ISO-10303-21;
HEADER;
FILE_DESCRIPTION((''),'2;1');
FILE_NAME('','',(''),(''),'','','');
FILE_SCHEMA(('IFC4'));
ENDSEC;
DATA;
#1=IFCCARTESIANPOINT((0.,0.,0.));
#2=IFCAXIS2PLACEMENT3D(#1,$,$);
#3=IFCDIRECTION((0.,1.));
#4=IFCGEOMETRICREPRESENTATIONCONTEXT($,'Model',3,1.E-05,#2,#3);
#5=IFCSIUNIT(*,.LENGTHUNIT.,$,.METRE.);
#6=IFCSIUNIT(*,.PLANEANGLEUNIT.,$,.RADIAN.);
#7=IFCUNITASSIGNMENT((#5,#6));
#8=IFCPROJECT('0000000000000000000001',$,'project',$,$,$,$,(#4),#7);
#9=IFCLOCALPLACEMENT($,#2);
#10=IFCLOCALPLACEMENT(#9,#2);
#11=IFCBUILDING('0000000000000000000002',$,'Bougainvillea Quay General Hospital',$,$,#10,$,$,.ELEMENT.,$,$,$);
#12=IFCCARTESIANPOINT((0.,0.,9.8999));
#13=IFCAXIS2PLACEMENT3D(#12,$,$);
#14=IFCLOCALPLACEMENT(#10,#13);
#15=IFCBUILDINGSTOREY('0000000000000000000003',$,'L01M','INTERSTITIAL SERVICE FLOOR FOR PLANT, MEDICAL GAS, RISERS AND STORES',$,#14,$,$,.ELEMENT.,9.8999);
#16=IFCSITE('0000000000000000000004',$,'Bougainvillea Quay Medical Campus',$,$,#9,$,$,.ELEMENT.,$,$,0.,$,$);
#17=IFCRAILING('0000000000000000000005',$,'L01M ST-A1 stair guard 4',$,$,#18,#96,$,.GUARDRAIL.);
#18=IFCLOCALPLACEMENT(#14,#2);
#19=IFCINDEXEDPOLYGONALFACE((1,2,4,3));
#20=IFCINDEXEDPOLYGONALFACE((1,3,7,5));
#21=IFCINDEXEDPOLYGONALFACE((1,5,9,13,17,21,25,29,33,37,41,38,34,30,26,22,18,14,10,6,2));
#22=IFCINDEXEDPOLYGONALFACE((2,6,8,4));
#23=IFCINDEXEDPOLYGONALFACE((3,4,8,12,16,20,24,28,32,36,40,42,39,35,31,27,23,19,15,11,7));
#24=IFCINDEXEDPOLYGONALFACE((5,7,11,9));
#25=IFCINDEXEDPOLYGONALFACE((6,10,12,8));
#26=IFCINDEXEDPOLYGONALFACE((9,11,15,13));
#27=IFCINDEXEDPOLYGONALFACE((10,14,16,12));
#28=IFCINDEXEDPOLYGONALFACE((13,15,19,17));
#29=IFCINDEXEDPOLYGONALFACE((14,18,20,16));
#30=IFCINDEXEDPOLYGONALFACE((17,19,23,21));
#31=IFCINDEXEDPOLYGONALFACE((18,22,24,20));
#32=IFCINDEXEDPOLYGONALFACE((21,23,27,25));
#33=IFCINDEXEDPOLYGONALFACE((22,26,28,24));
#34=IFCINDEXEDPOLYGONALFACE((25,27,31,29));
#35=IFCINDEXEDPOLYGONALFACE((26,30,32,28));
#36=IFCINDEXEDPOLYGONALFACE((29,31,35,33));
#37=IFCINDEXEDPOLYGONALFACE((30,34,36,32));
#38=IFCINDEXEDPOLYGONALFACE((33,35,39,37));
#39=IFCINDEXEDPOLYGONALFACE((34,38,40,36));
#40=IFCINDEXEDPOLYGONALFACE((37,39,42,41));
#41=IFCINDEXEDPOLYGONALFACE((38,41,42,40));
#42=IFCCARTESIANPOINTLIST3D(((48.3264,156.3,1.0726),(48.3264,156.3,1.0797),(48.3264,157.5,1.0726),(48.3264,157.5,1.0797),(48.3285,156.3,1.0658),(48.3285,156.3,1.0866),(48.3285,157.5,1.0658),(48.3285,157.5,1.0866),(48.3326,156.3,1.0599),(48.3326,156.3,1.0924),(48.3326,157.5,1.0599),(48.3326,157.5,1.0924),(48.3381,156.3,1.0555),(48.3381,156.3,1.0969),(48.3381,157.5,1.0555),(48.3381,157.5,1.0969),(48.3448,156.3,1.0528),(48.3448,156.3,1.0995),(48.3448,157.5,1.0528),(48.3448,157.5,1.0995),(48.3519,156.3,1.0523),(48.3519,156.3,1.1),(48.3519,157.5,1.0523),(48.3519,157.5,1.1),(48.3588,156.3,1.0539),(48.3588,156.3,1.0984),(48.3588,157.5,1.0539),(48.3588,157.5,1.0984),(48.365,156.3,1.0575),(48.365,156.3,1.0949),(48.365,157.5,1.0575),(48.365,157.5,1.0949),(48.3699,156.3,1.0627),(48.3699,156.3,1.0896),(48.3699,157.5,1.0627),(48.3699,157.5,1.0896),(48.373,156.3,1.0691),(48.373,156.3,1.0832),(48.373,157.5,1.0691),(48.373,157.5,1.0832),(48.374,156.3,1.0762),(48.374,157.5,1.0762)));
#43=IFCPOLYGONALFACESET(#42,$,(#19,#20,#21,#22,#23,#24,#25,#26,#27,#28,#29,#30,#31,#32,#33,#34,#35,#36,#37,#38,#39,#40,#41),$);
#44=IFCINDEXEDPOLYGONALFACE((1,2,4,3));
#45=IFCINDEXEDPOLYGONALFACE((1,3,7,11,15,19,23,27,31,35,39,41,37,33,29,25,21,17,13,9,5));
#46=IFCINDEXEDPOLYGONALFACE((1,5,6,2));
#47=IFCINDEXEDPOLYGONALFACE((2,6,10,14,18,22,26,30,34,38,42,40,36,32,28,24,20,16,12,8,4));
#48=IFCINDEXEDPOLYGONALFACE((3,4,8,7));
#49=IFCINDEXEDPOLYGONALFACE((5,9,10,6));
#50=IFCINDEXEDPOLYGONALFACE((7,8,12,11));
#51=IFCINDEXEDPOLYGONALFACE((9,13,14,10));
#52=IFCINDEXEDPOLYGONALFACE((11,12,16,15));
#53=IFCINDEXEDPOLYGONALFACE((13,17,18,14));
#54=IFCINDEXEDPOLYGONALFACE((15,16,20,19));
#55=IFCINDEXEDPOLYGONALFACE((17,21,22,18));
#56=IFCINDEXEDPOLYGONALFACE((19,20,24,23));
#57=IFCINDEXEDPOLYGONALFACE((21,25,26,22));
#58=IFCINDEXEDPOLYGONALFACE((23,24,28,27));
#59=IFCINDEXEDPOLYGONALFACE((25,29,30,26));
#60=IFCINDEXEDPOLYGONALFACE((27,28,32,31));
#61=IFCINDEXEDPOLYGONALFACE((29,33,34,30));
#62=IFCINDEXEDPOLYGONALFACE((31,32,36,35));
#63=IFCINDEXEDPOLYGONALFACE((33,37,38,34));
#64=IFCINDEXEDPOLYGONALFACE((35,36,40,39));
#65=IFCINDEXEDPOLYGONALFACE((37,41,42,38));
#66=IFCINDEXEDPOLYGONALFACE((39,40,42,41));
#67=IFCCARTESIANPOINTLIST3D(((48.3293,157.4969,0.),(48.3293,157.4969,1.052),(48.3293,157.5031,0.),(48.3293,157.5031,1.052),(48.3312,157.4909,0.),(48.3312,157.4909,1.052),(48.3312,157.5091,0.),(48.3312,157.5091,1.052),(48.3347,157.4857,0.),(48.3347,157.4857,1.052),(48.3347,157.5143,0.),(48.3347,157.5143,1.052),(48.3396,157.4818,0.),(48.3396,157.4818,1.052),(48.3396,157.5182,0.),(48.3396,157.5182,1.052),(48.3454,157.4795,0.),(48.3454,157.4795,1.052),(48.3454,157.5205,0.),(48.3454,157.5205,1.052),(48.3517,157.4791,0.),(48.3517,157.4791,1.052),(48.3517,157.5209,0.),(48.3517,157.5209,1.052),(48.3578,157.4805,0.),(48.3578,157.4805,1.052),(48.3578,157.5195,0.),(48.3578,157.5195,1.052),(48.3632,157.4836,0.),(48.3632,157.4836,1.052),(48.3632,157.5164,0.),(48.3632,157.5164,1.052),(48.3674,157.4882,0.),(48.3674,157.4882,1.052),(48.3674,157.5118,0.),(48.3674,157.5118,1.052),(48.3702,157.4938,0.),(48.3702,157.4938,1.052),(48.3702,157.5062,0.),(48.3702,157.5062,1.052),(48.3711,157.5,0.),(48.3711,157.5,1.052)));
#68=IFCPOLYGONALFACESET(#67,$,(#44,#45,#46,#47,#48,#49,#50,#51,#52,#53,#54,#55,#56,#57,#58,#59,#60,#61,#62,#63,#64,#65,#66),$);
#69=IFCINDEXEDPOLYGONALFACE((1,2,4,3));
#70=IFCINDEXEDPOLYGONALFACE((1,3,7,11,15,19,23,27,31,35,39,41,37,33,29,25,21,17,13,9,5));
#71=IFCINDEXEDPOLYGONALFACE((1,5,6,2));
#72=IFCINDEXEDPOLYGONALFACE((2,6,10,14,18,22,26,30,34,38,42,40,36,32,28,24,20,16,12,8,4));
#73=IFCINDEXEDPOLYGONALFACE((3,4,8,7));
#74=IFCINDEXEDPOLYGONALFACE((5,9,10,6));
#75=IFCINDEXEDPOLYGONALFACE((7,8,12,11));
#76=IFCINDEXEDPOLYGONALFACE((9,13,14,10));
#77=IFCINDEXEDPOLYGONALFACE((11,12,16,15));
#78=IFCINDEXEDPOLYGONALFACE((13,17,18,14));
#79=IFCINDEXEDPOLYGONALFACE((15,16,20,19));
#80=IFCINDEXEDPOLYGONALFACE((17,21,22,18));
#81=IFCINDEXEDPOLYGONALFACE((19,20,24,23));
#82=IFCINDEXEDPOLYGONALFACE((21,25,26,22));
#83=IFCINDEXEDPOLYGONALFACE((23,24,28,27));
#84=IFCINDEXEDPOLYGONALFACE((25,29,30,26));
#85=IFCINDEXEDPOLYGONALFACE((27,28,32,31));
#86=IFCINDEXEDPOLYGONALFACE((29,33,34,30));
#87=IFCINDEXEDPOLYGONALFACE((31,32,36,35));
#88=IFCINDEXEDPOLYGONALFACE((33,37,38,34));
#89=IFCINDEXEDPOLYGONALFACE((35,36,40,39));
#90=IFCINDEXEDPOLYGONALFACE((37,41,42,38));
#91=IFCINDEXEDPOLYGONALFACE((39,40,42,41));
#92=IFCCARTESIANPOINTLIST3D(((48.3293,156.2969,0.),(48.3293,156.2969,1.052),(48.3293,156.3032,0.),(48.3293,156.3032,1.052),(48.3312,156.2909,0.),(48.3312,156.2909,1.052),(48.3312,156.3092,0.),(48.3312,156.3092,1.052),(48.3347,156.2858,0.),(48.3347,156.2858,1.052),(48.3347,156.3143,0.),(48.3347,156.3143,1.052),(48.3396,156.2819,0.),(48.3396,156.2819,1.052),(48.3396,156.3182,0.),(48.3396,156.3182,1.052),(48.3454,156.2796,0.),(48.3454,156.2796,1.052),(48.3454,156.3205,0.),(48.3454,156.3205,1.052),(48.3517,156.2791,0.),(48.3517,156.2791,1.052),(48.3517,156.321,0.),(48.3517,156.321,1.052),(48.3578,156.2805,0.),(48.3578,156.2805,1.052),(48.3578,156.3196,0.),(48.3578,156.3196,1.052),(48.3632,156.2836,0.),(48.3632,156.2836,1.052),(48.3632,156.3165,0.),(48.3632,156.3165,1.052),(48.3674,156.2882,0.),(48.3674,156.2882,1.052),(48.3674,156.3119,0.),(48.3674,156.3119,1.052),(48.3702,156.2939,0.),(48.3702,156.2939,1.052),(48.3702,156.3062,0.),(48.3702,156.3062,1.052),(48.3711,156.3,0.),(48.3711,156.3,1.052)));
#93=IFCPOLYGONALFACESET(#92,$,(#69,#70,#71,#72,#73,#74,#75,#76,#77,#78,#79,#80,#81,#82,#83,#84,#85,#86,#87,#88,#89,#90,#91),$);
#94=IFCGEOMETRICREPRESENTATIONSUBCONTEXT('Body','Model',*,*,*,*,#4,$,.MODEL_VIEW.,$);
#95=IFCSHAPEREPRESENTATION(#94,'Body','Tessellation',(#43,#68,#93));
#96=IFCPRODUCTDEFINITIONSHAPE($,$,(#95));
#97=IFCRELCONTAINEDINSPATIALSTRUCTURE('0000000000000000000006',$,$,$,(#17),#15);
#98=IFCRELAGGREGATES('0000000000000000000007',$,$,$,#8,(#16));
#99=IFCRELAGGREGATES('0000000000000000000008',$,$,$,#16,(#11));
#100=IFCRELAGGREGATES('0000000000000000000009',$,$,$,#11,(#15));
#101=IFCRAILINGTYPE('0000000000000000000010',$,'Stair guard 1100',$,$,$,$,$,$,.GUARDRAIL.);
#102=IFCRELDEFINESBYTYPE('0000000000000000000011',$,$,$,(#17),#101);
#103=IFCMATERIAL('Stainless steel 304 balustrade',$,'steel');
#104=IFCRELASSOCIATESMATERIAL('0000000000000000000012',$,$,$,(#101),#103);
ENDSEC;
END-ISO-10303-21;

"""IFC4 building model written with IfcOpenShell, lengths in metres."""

from ifc_helpers import new_model, si_unit, direction, frame, origin, origin_2d, place, context, subcontext, project, spatial, circle, extrude, material, type_object, element, save


model = new_model("IFC4")

# Units and contexts
model_context = context("Model", 3, precision=1e-05, world=origin(), true_north=direction((0.0, 1.0)))
body_context = subcontext(model_context, "Body", "Model", "MODEL_VIEW")
ifc_project = project(units=[si_unit("LENGTHUNIT", "METRE"), si_unit("PLANEANGLEUNIT", "RADIAN")], contexts=[model_context])

# Site, building, storey
site_placement = place(None, origin())
site = spatial("IfcSite", under=ifc_project, at=site_placement, Name="Bougainvillea Quay Medical Campus", CompositionType="ELEMENT", RefElevation=0.0)
building_placement = place(site_placement, origin())
building = spatial("IfcBuilding", under=site, at=building_placement, Name="Bougainvillea Quay General Hospital", CompositionType="ELEMENT")
storey_placement = place(building_placement, frame((0.0, 0.0, 9.8999)))
storey = spatial("IfcBuildingStorey", under=building, at=storey_placement, Name="L01M", Description="INTERSTITIAL SERVICE FLOOR FOR PLANT, MEDICAL GAS, RISERS AND STORES", CompositionType="ELEMENT", Elevation=9.8999)

# Railing
ifc_material_1 = material(Name="Stainless steel 304 balustrade", Category="steel")
railing_type_1 = type_object("IfcRailingType", Name="Stair guard 1100", PredefinedType="GUARDRAIL", material=ifc_material_1)
railing_1_placement = place(storey_placement, frame((48.3501, 157.5, 0.0)))
element("IfcRailing", 1, at=railing_1_placement, inside=storey, type_object=railing_type_1, Name="L01M ST-A1 stair guard 4", PredefinedType="GUARDRAIL", context=body_context, shape_type="SweptSolid", body=[
    extrude(circle(Radius=0.0239, at=origin_2d()), frame((0.0, 0.0, 1.0762), z_axis=(0.0, -1.0, 0.0), x_axis=(1.0, 0.0, 0.0)), (0.0, 0.0, 1.0), 1.2),
    extrude(circle(Radius=0.021, at=origin_2d()), origin(), (0.0, 0.0, 1.0), 1.052),
    extrude(circle(Radius=0.021, at=origin_2d()), frame((0.0, -1.2, 0.0)), (0.0, 0.0, 1.0), 1.052),
])

save(model, "model.ifc")
